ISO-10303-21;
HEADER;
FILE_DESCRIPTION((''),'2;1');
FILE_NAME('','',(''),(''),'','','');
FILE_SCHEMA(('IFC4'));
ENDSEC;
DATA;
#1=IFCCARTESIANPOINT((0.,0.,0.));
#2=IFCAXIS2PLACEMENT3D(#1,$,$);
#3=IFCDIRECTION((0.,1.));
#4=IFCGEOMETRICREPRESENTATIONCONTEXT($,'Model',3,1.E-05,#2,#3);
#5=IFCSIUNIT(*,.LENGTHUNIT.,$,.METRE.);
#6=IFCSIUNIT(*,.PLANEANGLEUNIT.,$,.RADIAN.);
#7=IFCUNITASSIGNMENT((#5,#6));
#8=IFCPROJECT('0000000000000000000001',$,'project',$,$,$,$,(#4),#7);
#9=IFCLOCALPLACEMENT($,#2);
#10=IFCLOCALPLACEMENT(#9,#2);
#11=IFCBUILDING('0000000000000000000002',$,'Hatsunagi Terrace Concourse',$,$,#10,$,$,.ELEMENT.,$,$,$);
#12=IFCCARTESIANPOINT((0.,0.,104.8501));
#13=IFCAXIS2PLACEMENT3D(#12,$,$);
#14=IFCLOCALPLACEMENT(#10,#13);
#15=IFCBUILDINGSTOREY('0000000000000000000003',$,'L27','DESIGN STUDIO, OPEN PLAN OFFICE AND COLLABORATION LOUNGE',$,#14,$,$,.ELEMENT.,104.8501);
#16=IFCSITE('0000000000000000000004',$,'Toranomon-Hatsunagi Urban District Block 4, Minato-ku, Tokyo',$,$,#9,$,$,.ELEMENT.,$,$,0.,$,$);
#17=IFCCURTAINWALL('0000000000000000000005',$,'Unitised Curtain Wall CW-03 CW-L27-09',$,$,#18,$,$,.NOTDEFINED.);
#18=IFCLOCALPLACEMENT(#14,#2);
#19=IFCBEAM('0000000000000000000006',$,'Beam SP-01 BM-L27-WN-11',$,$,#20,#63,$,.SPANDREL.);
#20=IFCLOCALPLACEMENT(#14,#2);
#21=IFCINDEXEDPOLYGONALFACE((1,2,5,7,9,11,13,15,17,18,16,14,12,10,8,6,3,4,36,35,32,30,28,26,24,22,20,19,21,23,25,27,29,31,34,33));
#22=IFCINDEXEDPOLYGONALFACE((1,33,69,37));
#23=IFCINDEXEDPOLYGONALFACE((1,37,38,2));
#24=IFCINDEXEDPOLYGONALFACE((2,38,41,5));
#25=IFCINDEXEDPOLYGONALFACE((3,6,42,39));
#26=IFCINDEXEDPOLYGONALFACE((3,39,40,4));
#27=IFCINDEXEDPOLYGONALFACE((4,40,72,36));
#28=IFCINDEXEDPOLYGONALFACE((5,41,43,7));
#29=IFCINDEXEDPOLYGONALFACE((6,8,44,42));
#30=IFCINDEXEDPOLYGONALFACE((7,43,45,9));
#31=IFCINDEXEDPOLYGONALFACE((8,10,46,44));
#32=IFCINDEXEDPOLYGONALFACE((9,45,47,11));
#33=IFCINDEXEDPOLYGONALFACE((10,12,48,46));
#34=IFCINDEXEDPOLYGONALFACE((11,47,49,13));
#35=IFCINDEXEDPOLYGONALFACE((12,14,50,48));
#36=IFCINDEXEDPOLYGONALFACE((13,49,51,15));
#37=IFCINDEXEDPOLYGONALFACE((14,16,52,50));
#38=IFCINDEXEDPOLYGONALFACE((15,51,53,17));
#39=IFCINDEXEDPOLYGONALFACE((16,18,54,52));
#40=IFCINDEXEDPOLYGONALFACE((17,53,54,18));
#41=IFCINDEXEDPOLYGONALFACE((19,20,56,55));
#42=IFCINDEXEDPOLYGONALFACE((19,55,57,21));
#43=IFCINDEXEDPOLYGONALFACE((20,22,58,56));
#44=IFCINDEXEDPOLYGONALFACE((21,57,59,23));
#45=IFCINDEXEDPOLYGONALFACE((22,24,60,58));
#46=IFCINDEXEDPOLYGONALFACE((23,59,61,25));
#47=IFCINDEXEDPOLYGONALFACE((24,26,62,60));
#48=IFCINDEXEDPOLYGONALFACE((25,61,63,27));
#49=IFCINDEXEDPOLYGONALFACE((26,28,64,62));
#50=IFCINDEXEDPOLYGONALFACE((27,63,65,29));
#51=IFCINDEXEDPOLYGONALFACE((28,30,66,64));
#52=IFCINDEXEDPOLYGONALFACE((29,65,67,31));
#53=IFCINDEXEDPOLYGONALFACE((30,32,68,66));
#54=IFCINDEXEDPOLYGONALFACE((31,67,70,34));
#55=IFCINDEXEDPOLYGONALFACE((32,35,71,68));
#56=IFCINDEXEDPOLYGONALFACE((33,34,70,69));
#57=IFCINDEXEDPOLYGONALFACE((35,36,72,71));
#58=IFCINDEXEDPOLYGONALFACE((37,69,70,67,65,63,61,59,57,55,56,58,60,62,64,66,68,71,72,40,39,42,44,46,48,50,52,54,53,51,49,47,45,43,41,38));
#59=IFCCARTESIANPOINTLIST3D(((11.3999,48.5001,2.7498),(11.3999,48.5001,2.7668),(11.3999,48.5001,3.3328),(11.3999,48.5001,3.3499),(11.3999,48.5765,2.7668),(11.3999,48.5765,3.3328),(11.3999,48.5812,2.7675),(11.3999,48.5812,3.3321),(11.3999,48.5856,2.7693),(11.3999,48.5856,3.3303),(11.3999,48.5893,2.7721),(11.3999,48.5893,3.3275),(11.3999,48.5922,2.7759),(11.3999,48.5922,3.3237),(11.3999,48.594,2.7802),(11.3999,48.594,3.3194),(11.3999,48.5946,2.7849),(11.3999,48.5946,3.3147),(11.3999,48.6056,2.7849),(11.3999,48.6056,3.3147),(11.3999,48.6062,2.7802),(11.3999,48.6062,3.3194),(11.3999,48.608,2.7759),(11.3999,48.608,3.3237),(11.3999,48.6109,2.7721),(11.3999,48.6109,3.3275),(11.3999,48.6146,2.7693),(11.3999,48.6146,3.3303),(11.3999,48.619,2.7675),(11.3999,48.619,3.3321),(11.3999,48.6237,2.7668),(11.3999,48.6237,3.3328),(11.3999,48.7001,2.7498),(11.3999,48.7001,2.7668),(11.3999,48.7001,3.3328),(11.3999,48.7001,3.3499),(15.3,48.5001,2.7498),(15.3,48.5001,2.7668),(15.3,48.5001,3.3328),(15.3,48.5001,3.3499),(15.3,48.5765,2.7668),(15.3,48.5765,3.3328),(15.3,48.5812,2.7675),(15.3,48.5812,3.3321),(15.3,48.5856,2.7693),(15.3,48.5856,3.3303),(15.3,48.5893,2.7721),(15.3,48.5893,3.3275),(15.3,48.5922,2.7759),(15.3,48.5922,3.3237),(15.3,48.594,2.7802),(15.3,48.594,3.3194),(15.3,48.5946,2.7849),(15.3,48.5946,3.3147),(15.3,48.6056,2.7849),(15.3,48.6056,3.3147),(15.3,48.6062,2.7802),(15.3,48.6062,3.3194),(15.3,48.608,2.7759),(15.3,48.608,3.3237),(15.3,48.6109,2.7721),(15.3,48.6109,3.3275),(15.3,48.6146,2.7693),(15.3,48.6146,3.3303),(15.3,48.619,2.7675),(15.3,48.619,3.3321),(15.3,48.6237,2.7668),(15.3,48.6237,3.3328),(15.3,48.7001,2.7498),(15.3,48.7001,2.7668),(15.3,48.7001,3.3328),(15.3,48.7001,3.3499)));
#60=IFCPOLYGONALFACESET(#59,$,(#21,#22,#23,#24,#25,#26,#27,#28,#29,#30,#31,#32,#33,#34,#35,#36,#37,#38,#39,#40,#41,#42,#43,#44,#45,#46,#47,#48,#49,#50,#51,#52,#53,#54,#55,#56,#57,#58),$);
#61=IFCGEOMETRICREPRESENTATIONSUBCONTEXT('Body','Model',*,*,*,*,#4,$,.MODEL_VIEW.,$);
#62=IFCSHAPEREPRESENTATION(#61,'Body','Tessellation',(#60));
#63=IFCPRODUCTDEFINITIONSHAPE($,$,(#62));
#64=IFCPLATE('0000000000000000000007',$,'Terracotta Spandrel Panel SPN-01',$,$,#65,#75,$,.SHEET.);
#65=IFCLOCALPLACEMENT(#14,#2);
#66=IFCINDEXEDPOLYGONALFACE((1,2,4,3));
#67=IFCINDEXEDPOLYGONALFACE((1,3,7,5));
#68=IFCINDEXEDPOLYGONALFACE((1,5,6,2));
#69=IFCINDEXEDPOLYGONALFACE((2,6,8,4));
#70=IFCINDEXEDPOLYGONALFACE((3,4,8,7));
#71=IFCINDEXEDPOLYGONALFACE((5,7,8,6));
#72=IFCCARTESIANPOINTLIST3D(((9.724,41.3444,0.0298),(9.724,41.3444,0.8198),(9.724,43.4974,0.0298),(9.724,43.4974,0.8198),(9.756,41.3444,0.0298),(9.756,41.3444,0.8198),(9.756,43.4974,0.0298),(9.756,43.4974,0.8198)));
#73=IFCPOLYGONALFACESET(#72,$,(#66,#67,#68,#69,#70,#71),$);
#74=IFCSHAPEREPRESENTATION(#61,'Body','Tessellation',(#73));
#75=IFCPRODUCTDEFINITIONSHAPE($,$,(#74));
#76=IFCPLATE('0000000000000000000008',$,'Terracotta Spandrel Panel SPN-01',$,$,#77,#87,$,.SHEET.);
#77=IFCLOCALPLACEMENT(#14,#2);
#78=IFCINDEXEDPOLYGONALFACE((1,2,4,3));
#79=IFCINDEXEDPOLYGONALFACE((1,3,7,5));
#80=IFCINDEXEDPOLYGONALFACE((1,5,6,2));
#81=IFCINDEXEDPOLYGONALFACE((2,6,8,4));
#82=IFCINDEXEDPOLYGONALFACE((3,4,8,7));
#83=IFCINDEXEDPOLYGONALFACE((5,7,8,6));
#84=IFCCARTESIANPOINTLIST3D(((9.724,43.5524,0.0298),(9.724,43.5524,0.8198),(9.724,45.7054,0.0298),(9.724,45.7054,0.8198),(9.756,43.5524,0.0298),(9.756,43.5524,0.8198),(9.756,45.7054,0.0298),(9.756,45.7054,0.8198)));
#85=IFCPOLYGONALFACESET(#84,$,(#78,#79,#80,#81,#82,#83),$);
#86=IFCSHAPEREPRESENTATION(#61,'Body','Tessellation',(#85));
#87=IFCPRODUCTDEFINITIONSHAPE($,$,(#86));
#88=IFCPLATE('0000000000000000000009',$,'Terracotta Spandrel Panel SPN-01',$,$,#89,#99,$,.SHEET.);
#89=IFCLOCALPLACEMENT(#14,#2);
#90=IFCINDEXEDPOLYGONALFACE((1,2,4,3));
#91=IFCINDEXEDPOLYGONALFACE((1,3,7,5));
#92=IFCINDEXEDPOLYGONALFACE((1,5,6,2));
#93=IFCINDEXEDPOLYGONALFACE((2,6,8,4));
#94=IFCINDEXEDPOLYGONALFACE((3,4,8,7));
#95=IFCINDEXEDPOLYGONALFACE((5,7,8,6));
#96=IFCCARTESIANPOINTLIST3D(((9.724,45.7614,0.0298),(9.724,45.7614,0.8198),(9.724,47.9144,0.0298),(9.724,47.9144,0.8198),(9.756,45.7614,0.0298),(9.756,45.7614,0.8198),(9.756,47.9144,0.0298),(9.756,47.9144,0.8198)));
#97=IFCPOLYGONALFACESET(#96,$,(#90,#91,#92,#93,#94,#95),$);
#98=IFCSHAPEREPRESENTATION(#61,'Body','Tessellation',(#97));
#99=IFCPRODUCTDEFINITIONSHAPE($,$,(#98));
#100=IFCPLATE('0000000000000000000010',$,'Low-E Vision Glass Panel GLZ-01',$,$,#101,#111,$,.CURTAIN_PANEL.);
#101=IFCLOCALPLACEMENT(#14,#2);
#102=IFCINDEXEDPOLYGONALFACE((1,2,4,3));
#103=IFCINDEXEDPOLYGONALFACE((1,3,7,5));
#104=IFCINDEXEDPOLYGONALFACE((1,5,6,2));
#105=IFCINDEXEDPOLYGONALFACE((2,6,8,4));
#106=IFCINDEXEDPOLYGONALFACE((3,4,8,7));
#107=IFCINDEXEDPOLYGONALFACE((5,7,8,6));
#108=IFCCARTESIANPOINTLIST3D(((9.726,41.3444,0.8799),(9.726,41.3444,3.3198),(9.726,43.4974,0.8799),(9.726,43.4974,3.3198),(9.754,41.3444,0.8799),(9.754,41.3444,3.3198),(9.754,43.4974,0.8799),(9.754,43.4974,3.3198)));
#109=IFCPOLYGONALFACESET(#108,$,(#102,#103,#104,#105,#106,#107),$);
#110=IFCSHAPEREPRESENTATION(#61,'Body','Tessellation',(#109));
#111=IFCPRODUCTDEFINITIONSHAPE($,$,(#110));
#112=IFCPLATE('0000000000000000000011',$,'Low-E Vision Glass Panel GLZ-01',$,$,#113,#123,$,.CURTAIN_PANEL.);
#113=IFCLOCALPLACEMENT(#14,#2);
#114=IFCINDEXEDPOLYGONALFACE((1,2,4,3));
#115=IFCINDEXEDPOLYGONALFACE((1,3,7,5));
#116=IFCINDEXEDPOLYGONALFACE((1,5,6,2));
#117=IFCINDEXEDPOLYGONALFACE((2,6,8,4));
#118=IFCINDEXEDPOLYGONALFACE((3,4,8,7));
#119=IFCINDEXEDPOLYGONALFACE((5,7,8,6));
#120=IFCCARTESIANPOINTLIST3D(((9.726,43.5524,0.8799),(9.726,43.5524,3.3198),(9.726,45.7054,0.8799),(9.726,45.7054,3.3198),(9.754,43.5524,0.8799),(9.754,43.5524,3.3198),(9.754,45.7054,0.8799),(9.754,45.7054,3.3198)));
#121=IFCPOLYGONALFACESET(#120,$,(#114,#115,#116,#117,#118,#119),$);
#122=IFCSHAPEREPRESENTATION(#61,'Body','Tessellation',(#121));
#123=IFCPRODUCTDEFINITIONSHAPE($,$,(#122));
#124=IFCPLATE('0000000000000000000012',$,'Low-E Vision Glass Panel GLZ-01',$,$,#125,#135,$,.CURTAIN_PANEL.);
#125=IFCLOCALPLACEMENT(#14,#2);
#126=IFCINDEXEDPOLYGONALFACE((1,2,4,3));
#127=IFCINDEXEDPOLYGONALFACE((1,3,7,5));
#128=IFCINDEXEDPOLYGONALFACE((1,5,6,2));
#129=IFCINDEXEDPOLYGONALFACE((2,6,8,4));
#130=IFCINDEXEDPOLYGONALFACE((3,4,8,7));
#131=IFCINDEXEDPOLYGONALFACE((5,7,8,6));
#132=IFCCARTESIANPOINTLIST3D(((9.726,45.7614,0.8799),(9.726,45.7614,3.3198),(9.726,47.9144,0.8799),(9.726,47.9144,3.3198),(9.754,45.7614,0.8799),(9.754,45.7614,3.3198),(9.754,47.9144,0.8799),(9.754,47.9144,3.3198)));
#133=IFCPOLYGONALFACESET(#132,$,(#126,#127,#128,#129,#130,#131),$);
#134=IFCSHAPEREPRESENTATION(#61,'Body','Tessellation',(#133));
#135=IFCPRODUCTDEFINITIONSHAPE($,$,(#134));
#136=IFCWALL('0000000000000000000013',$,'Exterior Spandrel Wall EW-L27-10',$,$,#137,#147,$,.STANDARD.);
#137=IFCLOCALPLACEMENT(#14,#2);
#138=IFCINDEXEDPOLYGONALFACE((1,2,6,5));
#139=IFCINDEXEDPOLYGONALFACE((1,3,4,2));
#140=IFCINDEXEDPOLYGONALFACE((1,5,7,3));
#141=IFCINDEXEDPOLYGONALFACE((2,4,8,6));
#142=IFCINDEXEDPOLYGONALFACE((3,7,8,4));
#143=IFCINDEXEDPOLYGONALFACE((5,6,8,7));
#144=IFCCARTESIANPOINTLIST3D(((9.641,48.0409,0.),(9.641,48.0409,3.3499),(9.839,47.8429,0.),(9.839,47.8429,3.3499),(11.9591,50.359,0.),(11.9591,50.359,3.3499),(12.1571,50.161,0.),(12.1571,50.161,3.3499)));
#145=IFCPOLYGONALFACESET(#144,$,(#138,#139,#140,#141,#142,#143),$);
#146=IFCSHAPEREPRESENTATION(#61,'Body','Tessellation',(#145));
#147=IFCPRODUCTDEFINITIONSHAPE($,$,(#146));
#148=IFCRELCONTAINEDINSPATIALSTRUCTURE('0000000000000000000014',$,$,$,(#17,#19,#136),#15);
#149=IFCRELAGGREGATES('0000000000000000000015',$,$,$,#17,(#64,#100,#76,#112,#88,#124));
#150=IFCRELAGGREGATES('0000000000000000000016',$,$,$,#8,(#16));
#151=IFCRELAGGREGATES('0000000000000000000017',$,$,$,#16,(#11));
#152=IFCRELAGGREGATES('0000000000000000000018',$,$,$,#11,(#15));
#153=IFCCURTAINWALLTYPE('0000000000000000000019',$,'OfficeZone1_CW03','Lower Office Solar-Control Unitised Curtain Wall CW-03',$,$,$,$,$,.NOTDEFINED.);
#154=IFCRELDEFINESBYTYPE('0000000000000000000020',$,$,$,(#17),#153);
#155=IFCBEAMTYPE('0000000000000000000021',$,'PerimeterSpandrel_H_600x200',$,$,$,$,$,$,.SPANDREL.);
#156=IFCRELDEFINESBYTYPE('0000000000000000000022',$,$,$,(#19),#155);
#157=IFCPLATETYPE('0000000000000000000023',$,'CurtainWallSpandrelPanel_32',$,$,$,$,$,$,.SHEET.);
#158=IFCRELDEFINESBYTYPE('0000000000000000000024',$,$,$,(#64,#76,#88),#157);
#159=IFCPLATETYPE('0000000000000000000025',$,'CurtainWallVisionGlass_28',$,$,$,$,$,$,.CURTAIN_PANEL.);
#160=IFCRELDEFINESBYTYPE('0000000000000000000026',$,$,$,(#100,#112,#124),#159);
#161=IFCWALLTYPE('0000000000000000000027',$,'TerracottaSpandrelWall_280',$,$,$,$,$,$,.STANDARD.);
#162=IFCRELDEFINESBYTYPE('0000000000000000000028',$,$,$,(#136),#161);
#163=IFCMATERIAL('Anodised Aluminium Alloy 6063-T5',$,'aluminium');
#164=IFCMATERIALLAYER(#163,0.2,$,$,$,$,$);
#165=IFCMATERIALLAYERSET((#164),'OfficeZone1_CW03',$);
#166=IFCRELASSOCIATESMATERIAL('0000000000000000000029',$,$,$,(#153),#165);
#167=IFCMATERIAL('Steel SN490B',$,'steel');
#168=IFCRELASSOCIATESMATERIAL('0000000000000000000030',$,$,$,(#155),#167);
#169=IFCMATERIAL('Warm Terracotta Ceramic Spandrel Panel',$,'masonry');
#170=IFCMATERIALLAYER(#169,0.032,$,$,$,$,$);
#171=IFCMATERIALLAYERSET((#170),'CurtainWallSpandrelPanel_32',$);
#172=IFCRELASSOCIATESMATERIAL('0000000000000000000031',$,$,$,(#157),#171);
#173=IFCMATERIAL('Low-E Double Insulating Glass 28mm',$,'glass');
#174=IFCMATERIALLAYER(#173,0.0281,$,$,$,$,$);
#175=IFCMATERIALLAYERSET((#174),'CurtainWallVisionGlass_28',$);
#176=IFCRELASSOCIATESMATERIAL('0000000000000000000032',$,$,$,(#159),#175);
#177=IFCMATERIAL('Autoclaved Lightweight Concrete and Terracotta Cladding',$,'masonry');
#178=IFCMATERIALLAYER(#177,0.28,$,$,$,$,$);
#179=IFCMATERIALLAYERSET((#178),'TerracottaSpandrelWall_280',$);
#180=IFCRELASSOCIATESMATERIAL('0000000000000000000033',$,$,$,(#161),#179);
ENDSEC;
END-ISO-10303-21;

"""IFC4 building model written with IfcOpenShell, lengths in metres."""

from ifc_helpers import new_model, si_unit, direction, frame, frame_2d, origin, origin_2d, place, context, subcontext, project, spatial, rectangle, i_section, extrude, material, layer, layer_set, material_profile, profile_set, type_object, element, aggregate, save


model = new_model("IFC4")

# Units and contexts
model_context = context("Model", 3, precision=1e-05, world=origin(), true_north=direction((0.0, 1.0)))
body_context = subcontext(model_context, "Body", "Model", "MODEL_VIEW")
ifc_project = project(units=[si_unit("LENGTHUNIT", "METRE"), si_unit("PLANEANGLEUNIT", "RADIAN")], contexts=[model_context])

# Site, building, storey
site_placement = place(None, origin())
site = spatial("IfcSite", under=ifc_project, at=site_placement, Name="Toranomon-Hatsunagi Urban District Block 4, Minato-ku, Tokyo", CompositionType="ELEMENT", RefElevation=0.0)
building_placement = place(site_placement, origin())
building = spatial("IfcBuilding", under=site, at=building_placement, Name="Hatsunagi Terrace Concourse", CompositionType="ELEMENT")
storey_placement = place(building_placement, frame((0.0, 0.0, 104.8501)))
storey = spatial("IfcBuildingStorey", under=building, at=storey_placement, Name="L27", Description="DESIGN STUDIO, OPEN PLAN OFFICE AND COLLABORATION LOUNGE", CompositionType="ELEMENT", Elevation=104.8501)

# Curtain wall
ifc_material_1 = material(Name="Anodised Aluminium Alloy 6063-T5", Category="aluminium")
ifc_layer_1 = layer(ifc_material_1, 0.2)
ifc_layer_set_1 = layer_set([ifc_layer_1], Name="OfficeZone1_CW03")
curtain_wall_type = type_object("IfcCurtainWallType", Name="OfficeZone1_CW03", Description="Lower Office Solar-Control Unitised Curtain Wall CW-03", PredefinedType="NOTDEFINED", material=ifc_layer_set_1)
curtain_wall_placement = place(storey_placement, origin())
curtain_wall = element("IfcCurtainWall", 1, at=curtain_wall_placement, inside=storey, type_object=curtain_wall_type, Name="Unitised Curtain Wall CW-03 CW-L27-09", PredefinedType="NOTDEFINED")

# Beam
ifc_material_2 = material(Name="Steel SN490B", Category="steel")
ifc_material_profile_1 = material_profile(ifc_material_2, i_section(OverallWidth=0.2, OverallDepth=0.6001, WebThickness=0.011, FlangeThickness=0.0171, FilletRadius=0.0181, at=origin_2d()), Name="H-600x200x11x17")
ifc_profile_set_1 = profile_set([ifc_material_profile_1], Name="Steel SN490B")
beam_type_1 = type_object("IfcBeamType", Name="PerimeterSpandrel_H_600x200", PredefinedType="SPANDREL", material=ifc_profile_set_1)
beam_placement = place(storey_placement, frame((11.3999, 48.6001, 3.0498), z_axis=(1.0, 0.0, 0.0), x_axis=(0.0, 1.0, 0.0)))
element("IfcBeam", 2, at=beam_placement, inside=storey, type_object=beam_type_1, Name="Beam SP-01 BM-L27-WN-11", PredefinedType="SPANDREL", context=body_context, shape_type="SweptSolid", body=[
    extrude(i_section(OverallWidth=0.2, OverallDepth=0.6001, WebThickness=0.011, FlangeThickness=0.0171, FilletRadius=0.0181, at=origin_2d()), origin(), (0.0, 0.0, 1.0), 3.9001),
])

# Plates
ifc_material_3 = material(Name="Warm Terracotta Ceramic Spandrel Panel", Category="masonry")
ifc_layer_2 = layer(ifc_material_3, 0.032)
ifc_layer_set_2 = layer_set([ifc_layer_2], Name="CurtainWallSpandrelPanel_32")
plate_type_1 = type_object("IfcPlateType", Name="CurtainWallSpandrelPanel_32", PredefinedType="SHEET", material=ifc_layer_set_2)
plate_1_placement = place(storey_placement, frame((9.74, 42.4209, 0.0298), z_axis=(0.0, 0.0, 1.0), x_axis=(0.0, 1.0, 0.0)))
plate_1 = element("IfcPlate", 3, at=plate_1_placement, type_object=plate_type_1, Name="Terracotta Spandrel Panel SPN-01", PredefinedType="SHEET", context=body_context, shape_type="SweptSolid", body=[
    extrude(rectangle(XDim=2.1531, YDim=0.032, at=origin_2d()), origin(), (0.0, 0.0, 1.0), 0.79),
])
plate_2_placement = place(storey_placement, frame((9.74, 44.6289, 0.0298), z_axis=(0.0, 0.0, 1.0), x_axis=(0.0, 1.0, 0.0)))
plate_2 = element("IfcPlate", 4, at=plate_2_placement, type_object=plate_type_1, Name="Terracotta Spandrel Panel SPN-01", PredefinedType="SHEET", context=body_context, shape_type="SweptSolid", body=[
    extrude(rectangle(XDim=2.1531, YDim=0.032, at=origin_2d()), origin(), (0.0, 0.0, 1.0), 0.79),
])
plate_3_placement = place(storey_placement, frame((9.74, 46.8379, 0.0298), z_axis=(0.0, 0.0, 1.0), x_axis=(0.0, 1.0, 0.0)))
plate_3 = element("IfcPlate", 5, at=plate_3_placement, type_object=plate_type_1, Name="Terracotta Spandrel Panel SPN-01", PredefinedType="SHEET", context=body_context, shape_type="SweptSolid", body=[
    extrude(rectangle(XDim=2.1531, YDim=0.032, at=origin_2d()), origin(), (0.0, 0.0, 1.0), 0.79),
])
ifc_material_4 = material(Name="Low-E Double Insulating Glass 28mm", Category="glass")
ifc_layer_3 = layer(ifc_material_4, 0.0281)
ifc_layer_set_3 = layer_set([ifc_layer_3], Name="CurtainWallVisionGlass_28")
plate_type_2 = type_object("IfcPlateType", Name="CurtainWallVisionGlass_28", PredefinedType="CURTAIN_PANEL", material=ifc_layer_set_3)
plate_4_placement = place(storey_placement, frame((9.74, 42.4209, 0.8799), z_axis=(0.0, 0.0, 1.0), x_axis=(0.0, 1.0, 0.0)))
plate_4 = element("IfcPlate", 6, at=plate_4_placement, type_object=plate_type_2, Name="Low-E Vision Glass Panel GLZ-01", PredefinedType="CURTAIN_PANEL", context=body_context, shape_type="SweptSolid", body=[
    extrude(rectangle(XDim=2.1531, YDim=0.0281, at=origin_2d()), origin(), (0.0, 0.0, 1.0), 2.4399),
])
plate_5_placement = place(storey_placement, frame((9.74, 44.6289, 0.8799), z_axis=(0.0, 0.0, 1.0), x_axis=(0.0, 1.0, 0.0)))
plate_5 = element("IfcPlate", 7, at=plate_5_placement, type_object=plate_type_2, Name="Low-E Vision Glass Panel GLZ-01", PredefinedType="CURTAIN_PANEL", context=body_context, shape_type="SweptSolid", body=[
    extrude(rectangle(XDim=2.1531, YDim=0.0281, at=origin_2d()), origin(), (0.0, 0.0, 1.0), 2.4399),
])
plate_6_placement = place(storey_placement, frame((9.74, 46.8379, 0.8799), z_axis=(0.0, 0.0, 1.0), x_axis=(0.0, 1.0, 0.0)))
plate_6 = element("IfcPlate", 8, at=plate_6_placement, type_object=plate_type_2, Name="Low-E Vision Glass Panel GLZ-01", PredefinedType="CURTAIN_PANEL", context=body_context, shape_type="SweptSolid", body=[
    extrude(rectangle(XDim=2.1531, YDim=0.0281, at=origin_2d()), origin(), (0.0, 0.0, 1.0), 2.4399),
])
aggregate(curtain_wall, [plate_1, plate_4, plate_2, plate_5, plate_3, plate_6])

# Wall
ifc_material_5 = material(Name="Autoclaved Lightweight Concrete and Terracotta Cladding", Category="masonry")
ifc_layer_4 = layer(ifc_material_5, 0.28)
ifc_layer_set_4 = layer_set([ifc_layer_4], Name="TerracottaSpandrelWall_280")
wall_type = type_object("IfcWallType", Name="TerracottaSpandrelWall_280", PredefinedType="STANDARD", material=ifc_layer_set_4)
wall_1_placement = place(storey_placement, frame((9.74, 47.9419, 0.0), z_axis=(0.0, 0.0, 1.0), x_axis=(0.707107, 0.707107, 0.0)))
element("IfcWall", 9, at=wall_1_placement, inside=storey, type_object=wall_type, Name="Exterior Spandrel Wall EW-L27-10", PredefinedType="STANDARD", context=body_context, shape_type="SweptSolid", body=[
    extrude(rectangle(XDim=3.2783, YDim=0.28, at=frame_2d((1.6392, 0.0))), origin(), (0.0, 0.0, 1.0), 3.3499),
])

save(model, "model.ifc")
